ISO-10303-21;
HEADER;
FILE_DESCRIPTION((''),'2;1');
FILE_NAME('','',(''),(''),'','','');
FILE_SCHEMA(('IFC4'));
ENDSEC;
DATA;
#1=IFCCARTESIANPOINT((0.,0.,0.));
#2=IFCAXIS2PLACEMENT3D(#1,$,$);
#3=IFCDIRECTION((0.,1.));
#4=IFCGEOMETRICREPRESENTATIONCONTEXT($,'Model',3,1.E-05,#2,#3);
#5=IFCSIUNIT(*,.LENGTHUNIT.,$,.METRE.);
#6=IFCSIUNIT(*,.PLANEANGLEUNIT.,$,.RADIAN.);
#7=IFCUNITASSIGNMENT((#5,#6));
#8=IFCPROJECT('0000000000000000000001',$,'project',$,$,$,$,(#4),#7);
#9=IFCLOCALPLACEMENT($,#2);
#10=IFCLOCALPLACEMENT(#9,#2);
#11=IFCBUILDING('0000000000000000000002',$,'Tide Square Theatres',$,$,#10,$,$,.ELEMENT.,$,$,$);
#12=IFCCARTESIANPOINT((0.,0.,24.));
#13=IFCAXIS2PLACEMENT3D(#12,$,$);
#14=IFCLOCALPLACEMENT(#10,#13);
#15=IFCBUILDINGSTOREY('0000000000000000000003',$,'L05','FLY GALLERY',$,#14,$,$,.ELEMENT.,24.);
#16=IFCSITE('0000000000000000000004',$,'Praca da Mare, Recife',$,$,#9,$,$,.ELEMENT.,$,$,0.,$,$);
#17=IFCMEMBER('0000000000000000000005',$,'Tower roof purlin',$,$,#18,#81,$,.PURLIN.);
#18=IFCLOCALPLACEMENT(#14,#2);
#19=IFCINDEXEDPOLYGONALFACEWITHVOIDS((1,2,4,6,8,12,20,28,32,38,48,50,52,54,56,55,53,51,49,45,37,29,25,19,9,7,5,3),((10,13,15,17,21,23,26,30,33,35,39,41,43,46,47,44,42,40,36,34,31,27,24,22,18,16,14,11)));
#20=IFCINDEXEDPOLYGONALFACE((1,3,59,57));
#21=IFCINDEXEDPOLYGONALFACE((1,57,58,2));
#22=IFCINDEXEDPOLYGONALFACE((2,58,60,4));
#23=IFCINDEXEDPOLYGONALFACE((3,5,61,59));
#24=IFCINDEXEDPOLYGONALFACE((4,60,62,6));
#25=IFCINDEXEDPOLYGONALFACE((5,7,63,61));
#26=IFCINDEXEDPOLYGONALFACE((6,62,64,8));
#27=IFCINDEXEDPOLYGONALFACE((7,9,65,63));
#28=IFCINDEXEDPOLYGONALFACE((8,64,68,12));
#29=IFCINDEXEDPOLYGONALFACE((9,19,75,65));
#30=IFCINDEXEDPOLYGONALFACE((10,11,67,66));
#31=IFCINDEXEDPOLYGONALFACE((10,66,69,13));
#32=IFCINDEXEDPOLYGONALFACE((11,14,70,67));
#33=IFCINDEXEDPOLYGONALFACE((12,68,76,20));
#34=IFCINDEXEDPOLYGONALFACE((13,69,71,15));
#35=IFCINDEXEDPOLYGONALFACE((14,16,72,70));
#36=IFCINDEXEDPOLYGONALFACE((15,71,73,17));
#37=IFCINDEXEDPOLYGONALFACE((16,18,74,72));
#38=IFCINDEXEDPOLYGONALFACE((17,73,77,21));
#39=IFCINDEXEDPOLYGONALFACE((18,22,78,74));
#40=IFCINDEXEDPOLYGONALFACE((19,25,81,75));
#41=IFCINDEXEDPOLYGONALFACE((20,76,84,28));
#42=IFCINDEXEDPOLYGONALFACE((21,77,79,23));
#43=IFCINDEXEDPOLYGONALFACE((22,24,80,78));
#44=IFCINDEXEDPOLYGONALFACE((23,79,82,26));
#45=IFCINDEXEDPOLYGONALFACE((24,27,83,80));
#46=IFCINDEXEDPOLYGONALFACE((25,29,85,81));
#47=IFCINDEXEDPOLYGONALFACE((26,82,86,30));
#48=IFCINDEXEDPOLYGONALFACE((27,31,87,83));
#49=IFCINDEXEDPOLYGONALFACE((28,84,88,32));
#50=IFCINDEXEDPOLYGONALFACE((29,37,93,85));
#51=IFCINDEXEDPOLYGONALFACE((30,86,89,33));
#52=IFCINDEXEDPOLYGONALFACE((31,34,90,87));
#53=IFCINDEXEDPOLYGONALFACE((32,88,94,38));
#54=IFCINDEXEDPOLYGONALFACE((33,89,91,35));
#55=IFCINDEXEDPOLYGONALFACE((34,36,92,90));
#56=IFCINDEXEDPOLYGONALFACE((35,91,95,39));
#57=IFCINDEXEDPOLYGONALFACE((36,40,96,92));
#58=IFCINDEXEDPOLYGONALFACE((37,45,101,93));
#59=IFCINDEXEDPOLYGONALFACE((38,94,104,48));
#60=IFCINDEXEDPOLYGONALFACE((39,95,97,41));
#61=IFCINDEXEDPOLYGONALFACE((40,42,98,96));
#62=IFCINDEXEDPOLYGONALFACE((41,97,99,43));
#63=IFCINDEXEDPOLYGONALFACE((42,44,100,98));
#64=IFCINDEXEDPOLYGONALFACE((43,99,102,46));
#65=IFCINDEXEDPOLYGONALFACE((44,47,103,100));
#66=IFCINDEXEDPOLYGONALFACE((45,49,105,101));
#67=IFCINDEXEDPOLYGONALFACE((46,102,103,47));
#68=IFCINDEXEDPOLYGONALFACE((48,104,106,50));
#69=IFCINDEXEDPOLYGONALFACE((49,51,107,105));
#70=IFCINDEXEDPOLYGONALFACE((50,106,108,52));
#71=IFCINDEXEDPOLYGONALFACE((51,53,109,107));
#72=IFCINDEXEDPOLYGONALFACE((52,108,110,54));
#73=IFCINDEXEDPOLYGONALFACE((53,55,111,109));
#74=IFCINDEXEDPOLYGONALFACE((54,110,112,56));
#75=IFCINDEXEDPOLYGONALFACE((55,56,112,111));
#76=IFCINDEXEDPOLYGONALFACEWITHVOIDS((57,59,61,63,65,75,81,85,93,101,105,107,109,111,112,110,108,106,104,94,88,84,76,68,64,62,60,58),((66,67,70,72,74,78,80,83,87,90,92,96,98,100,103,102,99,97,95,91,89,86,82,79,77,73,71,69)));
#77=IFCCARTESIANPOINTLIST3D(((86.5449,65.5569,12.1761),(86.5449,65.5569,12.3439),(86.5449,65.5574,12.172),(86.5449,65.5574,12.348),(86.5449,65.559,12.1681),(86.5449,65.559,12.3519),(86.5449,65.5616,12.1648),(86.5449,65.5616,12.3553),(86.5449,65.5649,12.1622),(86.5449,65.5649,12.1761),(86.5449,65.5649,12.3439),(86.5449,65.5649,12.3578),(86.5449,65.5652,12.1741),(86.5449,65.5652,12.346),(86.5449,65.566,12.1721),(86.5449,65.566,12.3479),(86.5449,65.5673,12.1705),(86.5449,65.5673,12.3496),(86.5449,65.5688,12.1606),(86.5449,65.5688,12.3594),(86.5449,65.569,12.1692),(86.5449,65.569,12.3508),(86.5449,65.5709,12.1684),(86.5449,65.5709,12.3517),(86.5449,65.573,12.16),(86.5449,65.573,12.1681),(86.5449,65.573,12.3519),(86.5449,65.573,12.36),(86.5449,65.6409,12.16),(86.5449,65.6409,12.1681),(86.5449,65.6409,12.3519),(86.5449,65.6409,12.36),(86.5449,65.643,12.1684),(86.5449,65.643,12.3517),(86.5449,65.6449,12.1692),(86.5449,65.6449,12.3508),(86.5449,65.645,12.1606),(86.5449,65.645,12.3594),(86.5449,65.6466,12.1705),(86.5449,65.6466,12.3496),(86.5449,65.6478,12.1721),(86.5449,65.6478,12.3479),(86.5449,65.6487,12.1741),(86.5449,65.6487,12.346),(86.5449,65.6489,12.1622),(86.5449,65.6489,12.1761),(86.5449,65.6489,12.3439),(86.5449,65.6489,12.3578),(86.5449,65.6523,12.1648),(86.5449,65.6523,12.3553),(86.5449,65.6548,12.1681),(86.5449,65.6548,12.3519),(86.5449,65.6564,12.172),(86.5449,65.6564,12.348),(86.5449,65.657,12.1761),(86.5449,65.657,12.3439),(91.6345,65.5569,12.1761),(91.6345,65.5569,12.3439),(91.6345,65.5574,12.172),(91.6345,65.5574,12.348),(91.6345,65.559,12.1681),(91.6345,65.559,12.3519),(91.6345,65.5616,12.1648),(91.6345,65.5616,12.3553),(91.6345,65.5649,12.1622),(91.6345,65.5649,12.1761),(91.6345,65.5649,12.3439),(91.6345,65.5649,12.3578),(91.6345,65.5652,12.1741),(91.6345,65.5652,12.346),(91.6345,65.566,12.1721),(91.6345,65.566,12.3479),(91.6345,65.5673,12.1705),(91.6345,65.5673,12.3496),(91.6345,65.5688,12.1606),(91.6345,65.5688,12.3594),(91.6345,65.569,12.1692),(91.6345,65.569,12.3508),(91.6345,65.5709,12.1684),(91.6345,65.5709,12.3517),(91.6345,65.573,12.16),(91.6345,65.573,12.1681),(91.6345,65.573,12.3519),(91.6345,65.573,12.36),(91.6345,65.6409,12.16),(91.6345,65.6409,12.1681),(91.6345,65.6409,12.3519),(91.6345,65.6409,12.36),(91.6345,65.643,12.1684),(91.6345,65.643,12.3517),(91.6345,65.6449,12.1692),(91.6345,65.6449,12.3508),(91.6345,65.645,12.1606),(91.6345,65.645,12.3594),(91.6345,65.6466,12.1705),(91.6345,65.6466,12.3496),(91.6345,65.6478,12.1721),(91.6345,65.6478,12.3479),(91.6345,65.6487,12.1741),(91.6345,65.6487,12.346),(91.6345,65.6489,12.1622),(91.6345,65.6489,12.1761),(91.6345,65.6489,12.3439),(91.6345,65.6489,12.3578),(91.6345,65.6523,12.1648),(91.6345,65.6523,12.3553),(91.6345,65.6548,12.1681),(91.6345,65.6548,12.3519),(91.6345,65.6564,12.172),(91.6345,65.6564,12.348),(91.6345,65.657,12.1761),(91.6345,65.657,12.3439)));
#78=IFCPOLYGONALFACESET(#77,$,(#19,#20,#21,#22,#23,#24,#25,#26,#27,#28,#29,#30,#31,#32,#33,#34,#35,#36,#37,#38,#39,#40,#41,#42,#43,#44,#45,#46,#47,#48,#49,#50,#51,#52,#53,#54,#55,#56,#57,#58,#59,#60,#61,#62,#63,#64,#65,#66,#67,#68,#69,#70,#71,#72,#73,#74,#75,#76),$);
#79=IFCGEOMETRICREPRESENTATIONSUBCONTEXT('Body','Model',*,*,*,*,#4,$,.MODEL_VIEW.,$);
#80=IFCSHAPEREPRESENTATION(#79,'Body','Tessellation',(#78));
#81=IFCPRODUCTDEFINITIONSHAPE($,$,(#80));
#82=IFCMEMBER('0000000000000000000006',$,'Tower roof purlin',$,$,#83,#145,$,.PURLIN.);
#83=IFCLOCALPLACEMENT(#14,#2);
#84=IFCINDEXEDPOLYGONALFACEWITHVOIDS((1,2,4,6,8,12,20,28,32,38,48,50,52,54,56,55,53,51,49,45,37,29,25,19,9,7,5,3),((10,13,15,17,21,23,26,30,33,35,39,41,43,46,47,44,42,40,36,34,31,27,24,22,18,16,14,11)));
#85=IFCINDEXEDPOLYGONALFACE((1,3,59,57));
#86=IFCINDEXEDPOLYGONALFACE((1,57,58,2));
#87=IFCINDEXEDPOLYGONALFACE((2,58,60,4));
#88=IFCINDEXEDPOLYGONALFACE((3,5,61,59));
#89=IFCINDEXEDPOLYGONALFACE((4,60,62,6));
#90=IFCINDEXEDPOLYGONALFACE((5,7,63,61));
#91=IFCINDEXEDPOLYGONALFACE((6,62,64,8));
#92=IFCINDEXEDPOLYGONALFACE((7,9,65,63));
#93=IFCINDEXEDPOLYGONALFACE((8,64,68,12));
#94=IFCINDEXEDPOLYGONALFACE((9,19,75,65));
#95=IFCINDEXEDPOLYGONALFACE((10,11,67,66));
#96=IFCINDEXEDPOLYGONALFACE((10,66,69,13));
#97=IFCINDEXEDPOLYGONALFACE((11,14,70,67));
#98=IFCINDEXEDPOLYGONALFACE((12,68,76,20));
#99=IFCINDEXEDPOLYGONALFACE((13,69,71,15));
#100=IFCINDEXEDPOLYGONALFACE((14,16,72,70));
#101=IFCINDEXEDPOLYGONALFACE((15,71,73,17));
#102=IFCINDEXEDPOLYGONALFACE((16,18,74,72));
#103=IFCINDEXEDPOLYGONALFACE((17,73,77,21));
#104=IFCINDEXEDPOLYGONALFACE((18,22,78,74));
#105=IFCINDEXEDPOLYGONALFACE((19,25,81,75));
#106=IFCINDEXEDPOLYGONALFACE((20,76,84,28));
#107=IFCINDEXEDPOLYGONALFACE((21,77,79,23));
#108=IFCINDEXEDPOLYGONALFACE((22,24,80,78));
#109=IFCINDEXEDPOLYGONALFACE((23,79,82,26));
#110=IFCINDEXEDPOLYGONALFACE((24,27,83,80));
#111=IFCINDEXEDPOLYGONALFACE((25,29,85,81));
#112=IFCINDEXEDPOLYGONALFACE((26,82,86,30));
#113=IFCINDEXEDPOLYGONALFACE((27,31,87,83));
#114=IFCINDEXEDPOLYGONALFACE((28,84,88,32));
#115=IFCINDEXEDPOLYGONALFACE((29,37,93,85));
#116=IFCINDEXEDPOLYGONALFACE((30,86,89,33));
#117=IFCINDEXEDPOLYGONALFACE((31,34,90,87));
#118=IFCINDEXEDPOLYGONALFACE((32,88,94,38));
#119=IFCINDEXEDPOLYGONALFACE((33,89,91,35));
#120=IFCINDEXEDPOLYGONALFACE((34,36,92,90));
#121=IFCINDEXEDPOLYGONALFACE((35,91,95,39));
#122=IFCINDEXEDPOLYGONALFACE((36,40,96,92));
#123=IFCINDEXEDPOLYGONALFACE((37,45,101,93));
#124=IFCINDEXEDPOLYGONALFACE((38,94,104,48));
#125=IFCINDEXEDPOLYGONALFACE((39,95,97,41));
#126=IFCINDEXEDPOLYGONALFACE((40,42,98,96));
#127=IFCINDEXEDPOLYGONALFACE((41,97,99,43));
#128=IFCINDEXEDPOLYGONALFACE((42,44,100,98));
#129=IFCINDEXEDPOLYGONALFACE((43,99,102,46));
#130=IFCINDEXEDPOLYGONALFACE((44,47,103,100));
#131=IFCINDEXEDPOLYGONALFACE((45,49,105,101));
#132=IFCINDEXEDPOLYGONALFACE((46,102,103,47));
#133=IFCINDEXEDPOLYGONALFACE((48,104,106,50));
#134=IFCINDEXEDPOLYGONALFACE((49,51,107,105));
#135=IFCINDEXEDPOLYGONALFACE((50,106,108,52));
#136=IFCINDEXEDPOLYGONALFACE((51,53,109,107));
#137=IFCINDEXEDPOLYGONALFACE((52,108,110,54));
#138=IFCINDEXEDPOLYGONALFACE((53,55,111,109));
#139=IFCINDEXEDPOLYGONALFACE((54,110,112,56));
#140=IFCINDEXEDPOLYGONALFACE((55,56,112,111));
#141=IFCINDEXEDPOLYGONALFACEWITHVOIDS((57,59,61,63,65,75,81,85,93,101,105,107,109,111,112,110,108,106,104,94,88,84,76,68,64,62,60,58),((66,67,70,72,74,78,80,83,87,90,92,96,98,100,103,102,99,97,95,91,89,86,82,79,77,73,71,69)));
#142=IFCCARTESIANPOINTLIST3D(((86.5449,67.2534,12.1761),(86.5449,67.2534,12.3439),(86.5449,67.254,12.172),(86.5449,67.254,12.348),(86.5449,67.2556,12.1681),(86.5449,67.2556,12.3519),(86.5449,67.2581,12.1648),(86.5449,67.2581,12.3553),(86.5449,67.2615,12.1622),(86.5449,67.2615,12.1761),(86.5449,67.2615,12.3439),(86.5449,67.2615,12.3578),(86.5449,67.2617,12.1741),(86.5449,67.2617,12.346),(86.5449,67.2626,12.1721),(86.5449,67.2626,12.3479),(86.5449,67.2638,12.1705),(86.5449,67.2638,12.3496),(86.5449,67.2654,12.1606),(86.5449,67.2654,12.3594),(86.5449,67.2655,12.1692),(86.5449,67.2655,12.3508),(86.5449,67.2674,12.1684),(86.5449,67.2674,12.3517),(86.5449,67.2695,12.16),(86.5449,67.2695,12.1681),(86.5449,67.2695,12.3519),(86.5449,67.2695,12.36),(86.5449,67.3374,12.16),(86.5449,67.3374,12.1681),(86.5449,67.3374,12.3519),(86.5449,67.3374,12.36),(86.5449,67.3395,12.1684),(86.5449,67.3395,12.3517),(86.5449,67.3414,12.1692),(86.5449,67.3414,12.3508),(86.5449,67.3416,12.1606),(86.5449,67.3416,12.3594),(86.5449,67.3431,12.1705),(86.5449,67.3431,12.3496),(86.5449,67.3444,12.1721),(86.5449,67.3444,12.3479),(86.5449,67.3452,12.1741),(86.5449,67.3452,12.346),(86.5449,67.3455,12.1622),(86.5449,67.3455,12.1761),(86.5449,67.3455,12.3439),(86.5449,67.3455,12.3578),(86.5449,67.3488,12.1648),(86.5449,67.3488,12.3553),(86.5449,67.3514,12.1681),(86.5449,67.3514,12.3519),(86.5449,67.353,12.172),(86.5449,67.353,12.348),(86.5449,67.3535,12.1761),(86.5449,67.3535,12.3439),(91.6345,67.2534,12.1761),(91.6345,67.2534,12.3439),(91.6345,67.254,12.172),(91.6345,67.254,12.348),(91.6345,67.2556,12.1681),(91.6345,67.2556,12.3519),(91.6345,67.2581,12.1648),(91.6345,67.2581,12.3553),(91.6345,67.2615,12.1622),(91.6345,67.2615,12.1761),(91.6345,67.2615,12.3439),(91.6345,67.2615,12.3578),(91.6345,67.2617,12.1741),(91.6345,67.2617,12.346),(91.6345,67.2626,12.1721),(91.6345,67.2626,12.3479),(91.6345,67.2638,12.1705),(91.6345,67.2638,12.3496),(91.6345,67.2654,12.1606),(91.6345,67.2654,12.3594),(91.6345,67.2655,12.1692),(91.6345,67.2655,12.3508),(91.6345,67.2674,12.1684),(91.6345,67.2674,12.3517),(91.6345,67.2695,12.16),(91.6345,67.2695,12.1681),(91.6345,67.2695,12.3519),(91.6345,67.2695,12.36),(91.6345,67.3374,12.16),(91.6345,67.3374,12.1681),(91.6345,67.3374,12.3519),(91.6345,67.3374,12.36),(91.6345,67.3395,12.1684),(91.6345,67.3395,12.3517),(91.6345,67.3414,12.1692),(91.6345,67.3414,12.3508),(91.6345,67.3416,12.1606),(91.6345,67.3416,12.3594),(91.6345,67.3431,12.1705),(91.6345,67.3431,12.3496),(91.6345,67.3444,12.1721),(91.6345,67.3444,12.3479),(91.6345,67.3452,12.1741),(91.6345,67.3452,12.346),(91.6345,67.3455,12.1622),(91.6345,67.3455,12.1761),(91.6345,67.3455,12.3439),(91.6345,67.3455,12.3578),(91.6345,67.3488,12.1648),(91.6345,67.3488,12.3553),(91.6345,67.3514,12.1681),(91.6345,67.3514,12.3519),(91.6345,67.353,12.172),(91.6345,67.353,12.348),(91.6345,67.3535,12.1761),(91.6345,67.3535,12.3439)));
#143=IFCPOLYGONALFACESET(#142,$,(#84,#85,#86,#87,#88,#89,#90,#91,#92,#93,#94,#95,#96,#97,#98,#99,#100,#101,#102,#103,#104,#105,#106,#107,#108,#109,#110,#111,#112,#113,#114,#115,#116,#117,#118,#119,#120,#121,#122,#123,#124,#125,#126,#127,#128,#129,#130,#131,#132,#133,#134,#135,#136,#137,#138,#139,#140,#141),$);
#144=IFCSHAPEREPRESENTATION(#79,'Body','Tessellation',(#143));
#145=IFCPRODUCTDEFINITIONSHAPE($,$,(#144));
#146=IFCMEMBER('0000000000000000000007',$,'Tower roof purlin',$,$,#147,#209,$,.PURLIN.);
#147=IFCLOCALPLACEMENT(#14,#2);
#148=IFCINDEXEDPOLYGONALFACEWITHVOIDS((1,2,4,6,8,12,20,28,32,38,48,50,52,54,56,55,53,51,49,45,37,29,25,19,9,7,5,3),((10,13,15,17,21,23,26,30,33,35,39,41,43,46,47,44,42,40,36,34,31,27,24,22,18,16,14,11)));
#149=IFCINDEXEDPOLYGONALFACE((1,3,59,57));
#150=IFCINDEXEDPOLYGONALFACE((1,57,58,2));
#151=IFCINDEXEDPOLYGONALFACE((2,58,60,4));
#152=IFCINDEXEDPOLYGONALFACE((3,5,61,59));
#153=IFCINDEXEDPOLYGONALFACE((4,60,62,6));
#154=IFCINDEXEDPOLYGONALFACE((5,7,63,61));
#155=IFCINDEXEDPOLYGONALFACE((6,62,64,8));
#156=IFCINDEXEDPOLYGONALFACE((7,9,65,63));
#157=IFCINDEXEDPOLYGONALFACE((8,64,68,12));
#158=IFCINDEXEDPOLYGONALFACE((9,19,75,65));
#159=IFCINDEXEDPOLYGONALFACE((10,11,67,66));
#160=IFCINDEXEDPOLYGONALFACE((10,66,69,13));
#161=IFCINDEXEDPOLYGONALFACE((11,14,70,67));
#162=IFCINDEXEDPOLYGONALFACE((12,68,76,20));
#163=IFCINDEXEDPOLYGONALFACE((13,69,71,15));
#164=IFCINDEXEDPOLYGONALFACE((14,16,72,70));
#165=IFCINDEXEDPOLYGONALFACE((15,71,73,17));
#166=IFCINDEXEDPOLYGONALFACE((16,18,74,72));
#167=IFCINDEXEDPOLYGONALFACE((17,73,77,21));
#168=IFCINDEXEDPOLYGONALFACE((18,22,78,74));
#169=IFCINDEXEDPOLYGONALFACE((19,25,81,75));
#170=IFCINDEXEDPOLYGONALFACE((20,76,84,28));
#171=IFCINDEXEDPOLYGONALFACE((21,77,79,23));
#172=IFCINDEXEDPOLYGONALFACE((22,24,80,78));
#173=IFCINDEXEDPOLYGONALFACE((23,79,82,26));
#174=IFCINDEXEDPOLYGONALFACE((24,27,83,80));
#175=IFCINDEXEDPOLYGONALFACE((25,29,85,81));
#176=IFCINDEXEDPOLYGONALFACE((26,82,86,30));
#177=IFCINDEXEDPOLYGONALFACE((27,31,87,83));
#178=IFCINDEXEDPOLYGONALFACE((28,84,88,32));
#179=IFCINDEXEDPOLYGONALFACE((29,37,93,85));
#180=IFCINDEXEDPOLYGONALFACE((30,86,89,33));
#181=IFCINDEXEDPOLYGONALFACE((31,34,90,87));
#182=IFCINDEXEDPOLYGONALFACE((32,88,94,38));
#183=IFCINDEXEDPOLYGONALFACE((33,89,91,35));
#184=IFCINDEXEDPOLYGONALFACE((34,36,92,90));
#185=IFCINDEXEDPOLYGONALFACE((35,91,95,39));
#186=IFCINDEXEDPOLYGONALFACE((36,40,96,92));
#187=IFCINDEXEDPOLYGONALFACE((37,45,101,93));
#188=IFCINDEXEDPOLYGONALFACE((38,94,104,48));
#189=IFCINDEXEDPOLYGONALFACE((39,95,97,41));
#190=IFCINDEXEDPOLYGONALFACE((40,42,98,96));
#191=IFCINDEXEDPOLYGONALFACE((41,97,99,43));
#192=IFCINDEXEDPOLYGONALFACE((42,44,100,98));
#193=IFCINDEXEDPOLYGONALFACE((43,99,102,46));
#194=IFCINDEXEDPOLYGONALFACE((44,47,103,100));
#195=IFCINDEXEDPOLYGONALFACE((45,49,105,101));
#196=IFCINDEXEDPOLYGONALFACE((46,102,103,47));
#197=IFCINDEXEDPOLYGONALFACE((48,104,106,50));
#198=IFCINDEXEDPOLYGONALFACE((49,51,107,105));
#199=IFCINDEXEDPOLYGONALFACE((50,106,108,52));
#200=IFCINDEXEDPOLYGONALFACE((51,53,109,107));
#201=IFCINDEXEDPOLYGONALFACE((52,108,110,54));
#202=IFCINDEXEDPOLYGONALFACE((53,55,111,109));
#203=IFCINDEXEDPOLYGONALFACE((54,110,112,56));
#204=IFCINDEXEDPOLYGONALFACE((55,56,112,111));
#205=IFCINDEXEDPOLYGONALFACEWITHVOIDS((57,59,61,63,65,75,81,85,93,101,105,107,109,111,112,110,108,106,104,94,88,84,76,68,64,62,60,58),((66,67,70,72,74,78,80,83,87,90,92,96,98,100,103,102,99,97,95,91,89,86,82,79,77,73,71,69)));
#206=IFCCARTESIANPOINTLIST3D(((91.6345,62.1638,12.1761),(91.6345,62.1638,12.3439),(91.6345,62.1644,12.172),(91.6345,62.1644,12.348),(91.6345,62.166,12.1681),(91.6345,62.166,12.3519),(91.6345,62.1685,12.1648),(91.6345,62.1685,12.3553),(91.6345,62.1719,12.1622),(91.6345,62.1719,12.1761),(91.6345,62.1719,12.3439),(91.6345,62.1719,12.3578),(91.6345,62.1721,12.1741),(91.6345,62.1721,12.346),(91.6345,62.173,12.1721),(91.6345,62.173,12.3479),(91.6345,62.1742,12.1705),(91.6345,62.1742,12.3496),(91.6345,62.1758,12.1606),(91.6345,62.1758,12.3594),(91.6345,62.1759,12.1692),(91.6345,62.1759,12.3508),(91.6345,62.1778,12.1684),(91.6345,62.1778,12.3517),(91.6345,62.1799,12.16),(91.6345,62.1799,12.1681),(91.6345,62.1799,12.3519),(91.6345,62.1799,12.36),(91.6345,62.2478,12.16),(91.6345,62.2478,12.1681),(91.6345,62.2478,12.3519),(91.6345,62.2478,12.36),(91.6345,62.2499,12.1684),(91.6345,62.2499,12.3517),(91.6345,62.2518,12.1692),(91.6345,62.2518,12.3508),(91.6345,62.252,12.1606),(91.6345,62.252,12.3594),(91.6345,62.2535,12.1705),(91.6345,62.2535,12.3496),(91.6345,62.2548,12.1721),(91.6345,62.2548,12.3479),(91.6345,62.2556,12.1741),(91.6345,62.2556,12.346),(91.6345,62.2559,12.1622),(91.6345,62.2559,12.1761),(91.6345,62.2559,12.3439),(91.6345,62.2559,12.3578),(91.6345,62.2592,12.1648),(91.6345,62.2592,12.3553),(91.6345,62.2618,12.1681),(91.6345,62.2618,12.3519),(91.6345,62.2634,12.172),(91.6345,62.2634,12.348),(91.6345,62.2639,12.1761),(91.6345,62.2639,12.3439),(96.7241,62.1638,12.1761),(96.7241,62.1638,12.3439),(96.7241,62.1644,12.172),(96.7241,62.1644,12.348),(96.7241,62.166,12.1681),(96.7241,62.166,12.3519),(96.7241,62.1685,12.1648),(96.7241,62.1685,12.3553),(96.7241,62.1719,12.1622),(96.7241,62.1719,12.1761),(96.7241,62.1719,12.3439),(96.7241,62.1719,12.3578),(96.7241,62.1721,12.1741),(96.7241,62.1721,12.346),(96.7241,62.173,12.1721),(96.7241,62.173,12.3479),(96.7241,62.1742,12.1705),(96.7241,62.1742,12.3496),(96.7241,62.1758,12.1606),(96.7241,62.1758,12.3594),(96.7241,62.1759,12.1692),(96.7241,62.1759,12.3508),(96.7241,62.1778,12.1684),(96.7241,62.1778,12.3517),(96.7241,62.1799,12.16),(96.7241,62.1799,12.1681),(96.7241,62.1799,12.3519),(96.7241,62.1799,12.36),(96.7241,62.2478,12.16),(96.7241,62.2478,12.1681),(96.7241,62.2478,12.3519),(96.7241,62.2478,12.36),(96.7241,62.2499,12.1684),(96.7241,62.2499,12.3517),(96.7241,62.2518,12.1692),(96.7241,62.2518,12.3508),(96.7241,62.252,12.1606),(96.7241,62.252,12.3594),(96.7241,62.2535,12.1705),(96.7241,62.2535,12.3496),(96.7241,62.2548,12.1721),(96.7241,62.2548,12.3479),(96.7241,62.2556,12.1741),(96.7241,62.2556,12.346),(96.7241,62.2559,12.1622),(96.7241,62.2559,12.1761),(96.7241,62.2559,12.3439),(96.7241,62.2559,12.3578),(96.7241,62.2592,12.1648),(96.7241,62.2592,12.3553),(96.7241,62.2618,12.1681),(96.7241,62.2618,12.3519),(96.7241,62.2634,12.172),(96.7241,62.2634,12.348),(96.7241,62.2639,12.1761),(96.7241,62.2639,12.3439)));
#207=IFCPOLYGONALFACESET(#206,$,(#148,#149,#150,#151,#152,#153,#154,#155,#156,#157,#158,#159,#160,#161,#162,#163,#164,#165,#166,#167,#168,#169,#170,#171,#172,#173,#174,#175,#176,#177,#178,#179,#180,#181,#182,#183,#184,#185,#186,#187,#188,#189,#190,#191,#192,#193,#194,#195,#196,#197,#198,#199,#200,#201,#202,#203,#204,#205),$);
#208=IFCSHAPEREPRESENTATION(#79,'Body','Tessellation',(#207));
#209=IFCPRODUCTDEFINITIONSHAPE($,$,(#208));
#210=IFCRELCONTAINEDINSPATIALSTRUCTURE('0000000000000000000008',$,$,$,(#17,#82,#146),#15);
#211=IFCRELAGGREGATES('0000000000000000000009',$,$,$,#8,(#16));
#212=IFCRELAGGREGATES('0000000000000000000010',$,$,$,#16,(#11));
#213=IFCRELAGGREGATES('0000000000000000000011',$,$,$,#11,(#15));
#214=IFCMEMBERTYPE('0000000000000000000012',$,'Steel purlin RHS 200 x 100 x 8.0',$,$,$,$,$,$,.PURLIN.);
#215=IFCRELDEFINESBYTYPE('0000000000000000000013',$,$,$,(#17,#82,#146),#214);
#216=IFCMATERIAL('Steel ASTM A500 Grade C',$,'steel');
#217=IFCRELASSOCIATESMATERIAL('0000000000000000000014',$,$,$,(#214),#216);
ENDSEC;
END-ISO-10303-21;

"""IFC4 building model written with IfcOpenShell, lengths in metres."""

from ifc_helpers import new_model, si_unit, direction, frame, origin, origin_2d, place, context, subcontext, project, spatial, hollow_rectangle, extrude, material, material_profile, profile_set, type_object, element, save


model = new_model("IFC4")

# Units and contexts
model_context = context("Model", 3, precision=1e-05, world=origin(), true_north=direction((0.0, 1.0)))
body_context = subcontext(model_context, "Body", "Model", "MODEL_VIEW")
ifc_project = project(units=[si_unit("LENGTHUNIT", "METRE"), si_unit("PLANEANGLEUNIT", "RADIAN")], contexts=[model_context])

# Site, building, storey
site_placement = place(None, origin())
site = spatial("IfcSite", under=ifc_project, at=site_placement, Name="Praca da Mare, Recife", CompositionType="ELEMENT", RefElevation=0.0)
building_placement = place(site_placement, origin())
building = spatial("IfcBuilding", under=site, at=building_placement, Name="Tide Square Theatres", CompositionType="ELEMENT")
storey_placement = place(building_placement, frame((0.0, 0.0, 24.0)))
storey = spatial("IfcBuildingStorey", under=building, at=storey_placement, Name="L05", Description="FLY GALLERY", CompositionType="ELEMENT", Elevation=24.0)

# Members
ifc_material_1 = material(Name="Steel ASTM A500 Grade C", Category="steel")
ifc_material_profile_1 = material_profile(ifc_material_1, hollow_rectangle(XDim=0.1001, YDim=0.2, WallThickness=0.0081, InnerFilletRadius=0.0081, OuterFilletRadius=0.0161, at=origin_2d()))
ifc_profile_set_1 = profile_set([ifc_material_profile_1], Name="Steel ASTM A500 Grade C")
member_type = type_object("IfcMemberType", Name="Steel purlin RHS 200 x 100 x 8.0", PredefinedType="PURLIN", material=ifc_profile_set_1)
for number, where, z_axis, x_axis, name in (
    (1, (86.5449, 65.6069, 12.26), (1.0, 0.0, 0.0), (0.0, 1.0, 0.0), "Tower roof purlin"),
    (2, (86.5449, 67.3035, 12.26), (1.0, 0.0, 0.0), (0.0, 1.0, 0.0), "Tower roof purlin"),
    (3, (91.6345, 62.2139, 12.26), (1.0, 0.0, 0.0), (0.0, 1.0, 0.0), "Tower roof purlin"),
):
    element("IfcMember", number, at=place(storey_placement, frame(where, z_axis=z_axis, x_axis=x_axis)), inside=storey, type_object=member_type, Name=name, PredefinedType="PURLIN", context=body_context, shape_type="SweptSolid", body=[
        extrude(hollow_rectangle(XDim=0.1001, YDim=0.2, WallThickness=0.0081, InnerFilletRadius=0.0081, OuterFilletRadius=0.0161, at=origin_2d()), origin(), (0.0, 0.0, 1.0), 5.0896),
    ])

save(model, "model.ifc")
